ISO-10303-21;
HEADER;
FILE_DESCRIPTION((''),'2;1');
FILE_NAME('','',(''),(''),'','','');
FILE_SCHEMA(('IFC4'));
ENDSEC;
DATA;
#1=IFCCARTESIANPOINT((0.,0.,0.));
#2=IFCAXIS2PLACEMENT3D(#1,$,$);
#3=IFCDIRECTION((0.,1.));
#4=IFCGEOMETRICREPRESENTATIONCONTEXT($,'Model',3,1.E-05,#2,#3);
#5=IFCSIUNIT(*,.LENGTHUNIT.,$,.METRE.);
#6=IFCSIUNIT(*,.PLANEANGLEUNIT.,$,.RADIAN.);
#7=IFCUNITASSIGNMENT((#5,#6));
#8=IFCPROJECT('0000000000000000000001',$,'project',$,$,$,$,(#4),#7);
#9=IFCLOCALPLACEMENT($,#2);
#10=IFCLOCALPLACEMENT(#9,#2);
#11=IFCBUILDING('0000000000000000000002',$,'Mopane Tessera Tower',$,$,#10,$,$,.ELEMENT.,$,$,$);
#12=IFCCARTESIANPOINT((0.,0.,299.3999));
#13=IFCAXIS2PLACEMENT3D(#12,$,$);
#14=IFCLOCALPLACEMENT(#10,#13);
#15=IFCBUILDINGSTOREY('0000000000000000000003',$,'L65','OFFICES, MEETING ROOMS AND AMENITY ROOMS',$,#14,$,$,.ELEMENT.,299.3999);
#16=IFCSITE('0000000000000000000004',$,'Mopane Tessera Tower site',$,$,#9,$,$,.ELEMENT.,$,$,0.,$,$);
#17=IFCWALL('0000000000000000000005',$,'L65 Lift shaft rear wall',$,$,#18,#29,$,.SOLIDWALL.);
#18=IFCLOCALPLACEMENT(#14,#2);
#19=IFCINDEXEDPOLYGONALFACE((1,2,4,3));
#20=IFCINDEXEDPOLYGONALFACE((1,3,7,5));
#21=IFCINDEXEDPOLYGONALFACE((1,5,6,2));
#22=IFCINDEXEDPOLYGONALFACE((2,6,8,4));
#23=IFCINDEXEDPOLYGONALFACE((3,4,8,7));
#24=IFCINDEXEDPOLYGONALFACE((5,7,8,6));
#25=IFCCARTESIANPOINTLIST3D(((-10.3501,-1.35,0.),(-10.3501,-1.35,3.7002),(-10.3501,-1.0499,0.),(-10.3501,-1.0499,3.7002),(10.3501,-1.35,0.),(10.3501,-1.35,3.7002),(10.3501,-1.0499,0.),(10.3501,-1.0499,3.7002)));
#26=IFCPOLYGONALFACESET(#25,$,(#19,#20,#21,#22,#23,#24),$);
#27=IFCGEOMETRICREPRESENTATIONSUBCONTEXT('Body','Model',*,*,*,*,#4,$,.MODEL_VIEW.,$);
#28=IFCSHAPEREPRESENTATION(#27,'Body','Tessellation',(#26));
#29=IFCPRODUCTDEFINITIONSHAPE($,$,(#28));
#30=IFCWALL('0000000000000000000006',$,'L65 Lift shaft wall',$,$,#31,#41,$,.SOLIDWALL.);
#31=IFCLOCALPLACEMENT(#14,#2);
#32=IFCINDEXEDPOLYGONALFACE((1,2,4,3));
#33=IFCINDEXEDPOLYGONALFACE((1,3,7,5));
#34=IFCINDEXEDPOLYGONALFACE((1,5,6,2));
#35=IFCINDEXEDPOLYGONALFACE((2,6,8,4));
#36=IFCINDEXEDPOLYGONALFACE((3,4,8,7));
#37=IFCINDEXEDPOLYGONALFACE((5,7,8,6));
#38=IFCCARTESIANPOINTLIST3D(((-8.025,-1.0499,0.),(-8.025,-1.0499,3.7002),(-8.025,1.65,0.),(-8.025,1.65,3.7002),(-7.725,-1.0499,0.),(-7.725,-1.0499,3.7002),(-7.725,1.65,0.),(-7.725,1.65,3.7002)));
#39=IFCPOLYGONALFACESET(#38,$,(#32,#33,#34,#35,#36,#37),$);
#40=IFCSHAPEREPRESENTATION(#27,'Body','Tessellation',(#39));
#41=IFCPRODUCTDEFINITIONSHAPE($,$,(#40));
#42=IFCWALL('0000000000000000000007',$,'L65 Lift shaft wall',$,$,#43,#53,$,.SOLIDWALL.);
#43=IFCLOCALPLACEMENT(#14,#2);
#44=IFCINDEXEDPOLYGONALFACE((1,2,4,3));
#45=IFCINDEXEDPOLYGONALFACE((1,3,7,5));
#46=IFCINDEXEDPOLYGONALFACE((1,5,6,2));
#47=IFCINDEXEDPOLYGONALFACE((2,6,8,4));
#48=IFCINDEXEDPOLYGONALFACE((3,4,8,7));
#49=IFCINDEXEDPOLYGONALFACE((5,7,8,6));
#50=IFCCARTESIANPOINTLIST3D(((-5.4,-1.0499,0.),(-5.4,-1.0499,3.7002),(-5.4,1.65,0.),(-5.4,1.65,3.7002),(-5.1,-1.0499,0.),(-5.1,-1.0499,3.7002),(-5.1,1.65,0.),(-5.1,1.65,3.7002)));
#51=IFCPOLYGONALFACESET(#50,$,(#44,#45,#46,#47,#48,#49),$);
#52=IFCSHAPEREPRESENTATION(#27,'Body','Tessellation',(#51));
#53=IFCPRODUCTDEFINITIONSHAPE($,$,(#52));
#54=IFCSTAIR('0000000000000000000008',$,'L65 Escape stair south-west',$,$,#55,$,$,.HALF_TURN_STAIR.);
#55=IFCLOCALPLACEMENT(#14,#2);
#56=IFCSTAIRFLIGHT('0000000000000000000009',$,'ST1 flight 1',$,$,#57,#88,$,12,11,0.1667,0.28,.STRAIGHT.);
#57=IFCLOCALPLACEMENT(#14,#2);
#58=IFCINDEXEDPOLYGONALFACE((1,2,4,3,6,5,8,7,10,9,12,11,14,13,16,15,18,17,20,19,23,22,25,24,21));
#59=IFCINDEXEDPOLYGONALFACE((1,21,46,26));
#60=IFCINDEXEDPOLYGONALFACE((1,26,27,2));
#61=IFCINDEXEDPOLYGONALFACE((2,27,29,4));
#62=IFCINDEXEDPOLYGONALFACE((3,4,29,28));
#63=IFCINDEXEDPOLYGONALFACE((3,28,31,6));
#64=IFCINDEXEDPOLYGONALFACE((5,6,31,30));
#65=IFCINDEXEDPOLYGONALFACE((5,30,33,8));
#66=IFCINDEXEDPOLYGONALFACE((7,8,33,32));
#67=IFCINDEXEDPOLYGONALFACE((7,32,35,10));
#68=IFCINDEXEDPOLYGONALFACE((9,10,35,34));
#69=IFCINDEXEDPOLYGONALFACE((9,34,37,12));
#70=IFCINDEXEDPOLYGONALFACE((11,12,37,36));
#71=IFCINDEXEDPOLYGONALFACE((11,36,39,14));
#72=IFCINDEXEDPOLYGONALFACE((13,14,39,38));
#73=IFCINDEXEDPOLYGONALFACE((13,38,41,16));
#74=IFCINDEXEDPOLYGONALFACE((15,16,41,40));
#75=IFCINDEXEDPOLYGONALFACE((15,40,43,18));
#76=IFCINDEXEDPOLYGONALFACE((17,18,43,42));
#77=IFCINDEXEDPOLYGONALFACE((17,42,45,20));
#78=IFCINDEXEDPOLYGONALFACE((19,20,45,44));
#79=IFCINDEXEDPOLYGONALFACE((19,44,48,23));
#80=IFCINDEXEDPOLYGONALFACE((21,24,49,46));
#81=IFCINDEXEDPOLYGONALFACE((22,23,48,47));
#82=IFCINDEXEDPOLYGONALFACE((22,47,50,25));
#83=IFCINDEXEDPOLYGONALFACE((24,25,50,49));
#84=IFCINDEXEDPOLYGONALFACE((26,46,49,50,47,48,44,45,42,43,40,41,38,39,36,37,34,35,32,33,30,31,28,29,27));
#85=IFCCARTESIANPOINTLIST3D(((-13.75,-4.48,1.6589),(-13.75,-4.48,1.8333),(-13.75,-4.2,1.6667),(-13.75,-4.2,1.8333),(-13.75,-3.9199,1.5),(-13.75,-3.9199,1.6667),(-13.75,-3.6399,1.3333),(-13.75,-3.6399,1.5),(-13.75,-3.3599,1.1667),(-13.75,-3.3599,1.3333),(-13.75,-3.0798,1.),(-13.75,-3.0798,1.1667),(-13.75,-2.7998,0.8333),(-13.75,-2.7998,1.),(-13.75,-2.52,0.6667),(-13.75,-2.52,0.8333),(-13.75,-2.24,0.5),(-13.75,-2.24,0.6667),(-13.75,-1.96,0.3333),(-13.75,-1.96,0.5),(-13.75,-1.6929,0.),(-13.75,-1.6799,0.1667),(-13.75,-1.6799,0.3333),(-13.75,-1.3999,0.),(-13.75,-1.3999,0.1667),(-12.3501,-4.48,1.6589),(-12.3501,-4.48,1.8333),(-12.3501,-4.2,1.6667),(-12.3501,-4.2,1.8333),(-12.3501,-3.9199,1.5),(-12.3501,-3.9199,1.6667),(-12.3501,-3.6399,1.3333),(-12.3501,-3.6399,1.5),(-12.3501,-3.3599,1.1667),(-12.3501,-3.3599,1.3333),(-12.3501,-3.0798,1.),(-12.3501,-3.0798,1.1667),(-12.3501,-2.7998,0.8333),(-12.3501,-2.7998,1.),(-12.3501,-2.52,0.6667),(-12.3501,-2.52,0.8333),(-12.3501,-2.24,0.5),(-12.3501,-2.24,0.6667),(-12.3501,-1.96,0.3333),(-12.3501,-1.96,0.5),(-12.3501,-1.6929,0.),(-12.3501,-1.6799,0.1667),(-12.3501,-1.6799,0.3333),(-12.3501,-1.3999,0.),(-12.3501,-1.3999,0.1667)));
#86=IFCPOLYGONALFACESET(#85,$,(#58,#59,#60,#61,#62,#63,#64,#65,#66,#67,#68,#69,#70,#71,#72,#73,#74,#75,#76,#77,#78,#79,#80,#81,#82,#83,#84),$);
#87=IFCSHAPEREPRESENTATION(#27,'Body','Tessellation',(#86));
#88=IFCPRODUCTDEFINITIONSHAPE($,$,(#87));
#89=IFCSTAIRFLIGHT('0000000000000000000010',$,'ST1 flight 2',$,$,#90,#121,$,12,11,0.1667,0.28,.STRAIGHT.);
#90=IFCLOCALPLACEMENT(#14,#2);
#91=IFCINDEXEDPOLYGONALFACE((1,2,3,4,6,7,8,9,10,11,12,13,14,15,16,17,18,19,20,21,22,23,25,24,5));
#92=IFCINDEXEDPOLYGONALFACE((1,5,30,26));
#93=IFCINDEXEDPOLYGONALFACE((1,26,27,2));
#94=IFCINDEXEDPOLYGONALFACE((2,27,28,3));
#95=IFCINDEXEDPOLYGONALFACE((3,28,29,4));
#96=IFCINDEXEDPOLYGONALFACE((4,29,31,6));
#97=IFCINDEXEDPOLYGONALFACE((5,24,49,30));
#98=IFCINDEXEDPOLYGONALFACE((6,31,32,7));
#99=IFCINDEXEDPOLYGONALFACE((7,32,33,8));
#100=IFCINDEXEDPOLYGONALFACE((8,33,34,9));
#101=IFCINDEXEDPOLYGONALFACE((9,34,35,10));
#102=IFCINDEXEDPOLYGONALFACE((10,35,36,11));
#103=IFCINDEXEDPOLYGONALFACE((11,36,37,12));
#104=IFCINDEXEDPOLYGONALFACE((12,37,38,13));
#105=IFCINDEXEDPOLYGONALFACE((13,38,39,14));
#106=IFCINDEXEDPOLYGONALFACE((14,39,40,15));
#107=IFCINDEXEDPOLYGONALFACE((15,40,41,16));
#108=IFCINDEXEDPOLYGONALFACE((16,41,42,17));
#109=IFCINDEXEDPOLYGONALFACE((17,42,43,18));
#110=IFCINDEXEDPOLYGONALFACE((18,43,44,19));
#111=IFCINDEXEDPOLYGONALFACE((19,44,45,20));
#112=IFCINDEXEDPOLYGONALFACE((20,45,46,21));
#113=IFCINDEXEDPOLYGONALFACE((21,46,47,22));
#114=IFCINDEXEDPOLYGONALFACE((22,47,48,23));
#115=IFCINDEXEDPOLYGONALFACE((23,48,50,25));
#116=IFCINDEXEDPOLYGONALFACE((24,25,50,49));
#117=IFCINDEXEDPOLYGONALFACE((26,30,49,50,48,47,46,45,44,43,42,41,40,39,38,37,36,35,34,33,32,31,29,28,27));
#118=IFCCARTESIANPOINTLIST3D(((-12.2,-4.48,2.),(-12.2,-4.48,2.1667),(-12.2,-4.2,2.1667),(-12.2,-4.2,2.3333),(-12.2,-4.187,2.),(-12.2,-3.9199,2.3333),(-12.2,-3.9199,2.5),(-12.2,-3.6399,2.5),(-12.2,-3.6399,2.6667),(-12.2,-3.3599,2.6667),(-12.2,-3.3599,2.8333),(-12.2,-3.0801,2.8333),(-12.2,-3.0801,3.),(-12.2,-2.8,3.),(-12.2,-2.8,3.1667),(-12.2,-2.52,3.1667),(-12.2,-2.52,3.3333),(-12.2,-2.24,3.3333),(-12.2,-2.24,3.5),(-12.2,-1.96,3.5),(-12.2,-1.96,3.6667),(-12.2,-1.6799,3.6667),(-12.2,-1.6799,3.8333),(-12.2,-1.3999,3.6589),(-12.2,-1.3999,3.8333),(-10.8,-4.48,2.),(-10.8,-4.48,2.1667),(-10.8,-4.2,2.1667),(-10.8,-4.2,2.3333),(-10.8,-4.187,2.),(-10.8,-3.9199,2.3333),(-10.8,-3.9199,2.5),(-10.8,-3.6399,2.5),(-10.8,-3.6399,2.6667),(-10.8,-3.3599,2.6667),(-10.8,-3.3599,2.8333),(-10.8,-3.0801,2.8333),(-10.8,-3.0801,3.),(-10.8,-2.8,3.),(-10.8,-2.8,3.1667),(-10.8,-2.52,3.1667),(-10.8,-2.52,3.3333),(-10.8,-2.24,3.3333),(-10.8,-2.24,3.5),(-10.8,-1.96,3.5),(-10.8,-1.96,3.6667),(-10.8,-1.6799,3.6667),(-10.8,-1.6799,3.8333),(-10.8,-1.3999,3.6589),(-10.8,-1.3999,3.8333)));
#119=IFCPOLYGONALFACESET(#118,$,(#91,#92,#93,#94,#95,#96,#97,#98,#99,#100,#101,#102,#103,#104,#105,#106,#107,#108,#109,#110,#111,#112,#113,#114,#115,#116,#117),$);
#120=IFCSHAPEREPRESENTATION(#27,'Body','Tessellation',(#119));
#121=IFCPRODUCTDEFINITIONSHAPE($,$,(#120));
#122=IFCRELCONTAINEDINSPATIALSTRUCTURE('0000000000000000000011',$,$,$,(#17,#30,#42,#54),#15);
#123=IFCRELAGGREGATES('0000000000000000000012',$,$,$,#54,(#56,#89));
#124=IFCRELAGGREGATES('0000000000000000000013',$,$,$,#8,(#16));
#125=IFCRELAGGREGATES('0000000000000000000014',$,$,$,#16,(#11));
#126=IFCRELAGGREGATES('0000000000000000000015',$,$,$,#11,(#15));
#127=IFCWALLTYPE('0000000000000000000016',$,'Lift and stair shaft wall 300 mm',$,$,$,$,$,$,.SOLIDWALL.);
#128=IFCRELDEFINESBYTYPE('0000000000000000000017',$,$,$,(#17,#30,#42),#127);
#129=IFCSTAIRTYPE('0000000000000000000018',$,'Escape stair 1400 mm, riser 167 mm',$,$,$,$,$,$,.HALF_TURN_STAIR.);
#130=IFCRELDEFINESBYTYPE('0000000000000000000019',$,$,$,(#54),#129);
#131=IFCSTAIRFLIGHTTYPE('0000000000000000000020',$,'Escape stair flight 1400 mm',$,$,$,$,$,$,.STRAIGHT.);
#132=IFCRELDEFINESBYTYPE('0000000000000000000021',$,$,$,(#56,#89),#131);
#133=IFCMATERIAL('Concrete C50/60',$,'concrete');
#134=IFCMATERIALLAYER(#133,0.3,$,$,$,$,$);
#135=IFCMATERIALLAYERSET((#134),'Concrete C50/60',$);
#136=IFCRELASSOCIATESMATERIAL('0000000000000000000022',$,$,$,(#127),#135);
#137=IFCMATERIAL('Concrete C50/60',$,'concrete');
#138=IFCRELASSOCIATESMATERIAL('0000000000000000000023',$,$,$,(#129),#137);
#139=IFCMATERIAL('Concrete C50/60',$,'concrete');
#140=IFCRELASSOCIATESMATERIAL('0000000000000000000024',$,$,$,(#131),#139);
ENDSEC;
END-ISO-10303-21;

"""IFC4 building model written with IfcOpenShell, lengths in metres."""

from ifc_helpers import new_model, si_unit, direction, frame, frame_2d, origin, place, context, subcontext, project, spatial, polyline, rectangle, outline, extrude, material, layer, layer_set, type_object, element, aggregate, save


model = new_model("IFC4")

# Units and contexts
model_context = context("Model", 3, precision=1e-05, world=origin(), true_north=direction((0.0, 1.0)))
body_context = subcontext(model_context, "Body", "Model", "MODEL_VIEW")
ifc_project = project(units=[si_unit("LENGTHUNIT", "METRE"), si_unit("PLANEANGLEUNIT", "RADIAN")], contexts=[model_context])

# Site, building, storey
site_placement = place(None, origin())
site = spatial("IfcSite", under=ifc_project, at=site_placement, Name="Mopane Tessera Tower site", CompositionType="ELEMENT", RefElevation=0.0)
building_placement = place(site_placement, origin())
building = spatial("IfcBuilding", under=site, at=building_placement, Name="Mopane Tessera Tower", CompositionType="ELEMENT")
storey_placement = place(building_placement, frame((0.0, 0.0, 299.3999)))
storey = spatial("IfcBuildingStorey", under=building, at=storey_placement, Name="L65", Description="OFFICES, MEETING ROOMS AND AMENITY ROOMS", CompositionType="ELEMENT", Elevation=299.3999)

# Walls
ifc_material_1 = material(Name="Concrete C50/60", Category="concrete")
ifc_layer_1 = layer(ifc_material_1, 0.3)
ifc_layer_set_1 = layer_set([ifc_layer_1], Name="Concrete C50/60")
wall_type_1 = type_object("IfcWallType", Name="Lift and stair shaft wall 300 mm", PredefinedType="SOLIDWALL", material=ifc_layer_set_1)
wall_1_placement = place(storey_placement, frame((-10.3501, -1.2, 0.0), z_axis=(0.0, 0.0, 1.0), x_axis=(1.0, 0.0, 0.0)))
element("IfcWall", 1, at=wall_1_placement, inside=storey, type_object=wall_type_1, Name="L65 Lift shaft rear wall", PredefinedType="SOLIDWALL", context=body_context, shape_type="SweptSolid", body=[
    extrude(rectangle(XDim=20.7002, YDim=0.3, at=frame_2d((10.3501, 0.0))), origin(), (0.0, 0.0, 1.0), 3.7002),
])
for number, where, z_axis, x_axis, name in (
    (2, (-7.875, -1.05, 0.0), (0.0, 0.0, 1.0), (0.0, 1.0, 0.0), "L65 Lift shaft wall"),
    (3, (-5.25, -1.05, 0.0), (0.0, 0.0, 1.0), (0.0, 1.0, 0.0), "L65 Lift shaft wall"),
):
    element("IfcWall", number, at=place(storey_placement, frame(where, z_axis=z_axis, x_axis=x_axis)), inside=storey, type_object=wall_type_1, Name=name, PredefinedType="SOLIDWALL", context=body_context, shape_type="SweptSolid", body=[
        extrude(rectangle(XDim=2.7, YDim=0.3, at=frame_2d((1.3501, 0.0))), origin(), (0.0, 0.0, 1.0), 3.7002),
    ])

# Stair, stair flights
ifc_material_2 = material(Name="Concrete C50/60", Category="concrete")
stair_type = type_object("IfcStairType", Name="Escape stair 1400 mm, riser 167 mm", PredefinedType="HALF_TURN_STAIR", material=ifc_material_2)
stair_placement = place(storey_placement, origin())
stair = element("IfcStair", 4, at=stair_placement, inside=storey, type_object=stair_type, Name="L65 Escape stair south-west", PredefinedType="HALF_TURN_STAIR")
ifc_material_3 = material(Name="Concrete C50/60", Category="concrete")
stair_flight_type = type_object("IfcStairFlightType", Name="Escape stair flight 1400 mm", PredefinedType="STRAIGHT", material=ifc_material_3)
stair_flight_1_placement = place(storey_placement, frame((-13.05, -1.3999, 0.0), z_axis=(0.0, 0.0, 1.0), x_axis=(0.0, -1.0, 0.0)))
stair_flight_1 = element("IfcStairFlight", 5, at=stair_flight_1_placement, type_object=stair_flight_type, Name="ST1 flight 1", NumberOfRisers=12, NumberOfTreads=11, PredefinedType="STRAIGHT", RiserHeight=0.1667, TreadLength=0.28, context=body_context, shape_type="SweptSolid", body=[
    extrude(outline(polyline([(0.0, 0.0), (0.0, 0.1667), (0.28, 0.1667), (0.28, 0.3333), (0.5601, 0.3333), (0.5601, 0.5), (0.8401, 0.5), (0.8401, 0.6667), (1.1201, 0.6667), (1.1201, 0.8333), (1.3999, 0.8333), (1.3999, 1.0), (1.6799, 1.0), (1.6799, 1.1667), (1.96, 1.1667), (1.96, 1.3333), (2.24, 1.3333), (2.24, 1.5), (2.52, 1.5), (2.52, 1.6667), (2.8, 1.6667), (2.8, 1.8333), (3.0801, 1.8333), (3.0801, 2.0), (3.0801, 1.6589), (0.293, 0.0), (0.0, 0.0)])), frame((0.0, 0.7, 0.0), z_axis=(0.0, -1.0, 0.0), x_axis=(1.0, 0.0, 0.0)), (0.0, 0.0, 1.0), 1.3999),
])
stair_flight_2_placement = place(storey_placement, frame((-11.5, -4.48, 2.0), z_axis=(0.0, 0.0, 1.0), x_axis=(0.0, 1.0, 0.0)))
stair_flight_2 = element("IfcStairFlight", 6, at=stair_flight_2_placement, type_object=stair_flight_type, Name="ST1 flight 2", NumberOfRisers=12, NumberOfTreads=11, PredefinedType="STRAIGHT", RiserHeight=0.1667, TreadLength=0.28, context=body_context, shape_type="SweptSolid", body=[
    extrude(outline(polyline([(0.0, 0.0), (0.0, 0.1667), (0.28, 0.1667), (0.28, 0.3333), (0.5601, 0.3333), (0.5601, 0.5), (0.8401, 0.5), (0.8401, 0.6667), (1.1201, 0.6667), (1.1201, 0.8333), (1.3999, 0.8333), (1.3999, 1.0), (1.6799, 1.0), (1.6799, 1.1667), (1.96, 1.1667), (1.96, 1.3333), (2.24, 1.3333), (2.24, 1.5), (2.52, 1.5), (2.52, 1.6667), (2.8, 1.6667), (2.8, 1.8333), (3.0801, 1.8333), (3.0801, 2.0), (3.0801, 1.6589), (0.293, 0.0), (0.0, 0.0)])), frame((0.0, 0.7, 0.0), z_axis=(0.0, -1.0, 0.0), x_axis=(1.0, 0.0, 0.0)), (0.0, 0.0, 1.0), 1.3999),
])
aggregate(stair, [stair_flight_1, stair_flight_2])

save(model, "model.ifc")
